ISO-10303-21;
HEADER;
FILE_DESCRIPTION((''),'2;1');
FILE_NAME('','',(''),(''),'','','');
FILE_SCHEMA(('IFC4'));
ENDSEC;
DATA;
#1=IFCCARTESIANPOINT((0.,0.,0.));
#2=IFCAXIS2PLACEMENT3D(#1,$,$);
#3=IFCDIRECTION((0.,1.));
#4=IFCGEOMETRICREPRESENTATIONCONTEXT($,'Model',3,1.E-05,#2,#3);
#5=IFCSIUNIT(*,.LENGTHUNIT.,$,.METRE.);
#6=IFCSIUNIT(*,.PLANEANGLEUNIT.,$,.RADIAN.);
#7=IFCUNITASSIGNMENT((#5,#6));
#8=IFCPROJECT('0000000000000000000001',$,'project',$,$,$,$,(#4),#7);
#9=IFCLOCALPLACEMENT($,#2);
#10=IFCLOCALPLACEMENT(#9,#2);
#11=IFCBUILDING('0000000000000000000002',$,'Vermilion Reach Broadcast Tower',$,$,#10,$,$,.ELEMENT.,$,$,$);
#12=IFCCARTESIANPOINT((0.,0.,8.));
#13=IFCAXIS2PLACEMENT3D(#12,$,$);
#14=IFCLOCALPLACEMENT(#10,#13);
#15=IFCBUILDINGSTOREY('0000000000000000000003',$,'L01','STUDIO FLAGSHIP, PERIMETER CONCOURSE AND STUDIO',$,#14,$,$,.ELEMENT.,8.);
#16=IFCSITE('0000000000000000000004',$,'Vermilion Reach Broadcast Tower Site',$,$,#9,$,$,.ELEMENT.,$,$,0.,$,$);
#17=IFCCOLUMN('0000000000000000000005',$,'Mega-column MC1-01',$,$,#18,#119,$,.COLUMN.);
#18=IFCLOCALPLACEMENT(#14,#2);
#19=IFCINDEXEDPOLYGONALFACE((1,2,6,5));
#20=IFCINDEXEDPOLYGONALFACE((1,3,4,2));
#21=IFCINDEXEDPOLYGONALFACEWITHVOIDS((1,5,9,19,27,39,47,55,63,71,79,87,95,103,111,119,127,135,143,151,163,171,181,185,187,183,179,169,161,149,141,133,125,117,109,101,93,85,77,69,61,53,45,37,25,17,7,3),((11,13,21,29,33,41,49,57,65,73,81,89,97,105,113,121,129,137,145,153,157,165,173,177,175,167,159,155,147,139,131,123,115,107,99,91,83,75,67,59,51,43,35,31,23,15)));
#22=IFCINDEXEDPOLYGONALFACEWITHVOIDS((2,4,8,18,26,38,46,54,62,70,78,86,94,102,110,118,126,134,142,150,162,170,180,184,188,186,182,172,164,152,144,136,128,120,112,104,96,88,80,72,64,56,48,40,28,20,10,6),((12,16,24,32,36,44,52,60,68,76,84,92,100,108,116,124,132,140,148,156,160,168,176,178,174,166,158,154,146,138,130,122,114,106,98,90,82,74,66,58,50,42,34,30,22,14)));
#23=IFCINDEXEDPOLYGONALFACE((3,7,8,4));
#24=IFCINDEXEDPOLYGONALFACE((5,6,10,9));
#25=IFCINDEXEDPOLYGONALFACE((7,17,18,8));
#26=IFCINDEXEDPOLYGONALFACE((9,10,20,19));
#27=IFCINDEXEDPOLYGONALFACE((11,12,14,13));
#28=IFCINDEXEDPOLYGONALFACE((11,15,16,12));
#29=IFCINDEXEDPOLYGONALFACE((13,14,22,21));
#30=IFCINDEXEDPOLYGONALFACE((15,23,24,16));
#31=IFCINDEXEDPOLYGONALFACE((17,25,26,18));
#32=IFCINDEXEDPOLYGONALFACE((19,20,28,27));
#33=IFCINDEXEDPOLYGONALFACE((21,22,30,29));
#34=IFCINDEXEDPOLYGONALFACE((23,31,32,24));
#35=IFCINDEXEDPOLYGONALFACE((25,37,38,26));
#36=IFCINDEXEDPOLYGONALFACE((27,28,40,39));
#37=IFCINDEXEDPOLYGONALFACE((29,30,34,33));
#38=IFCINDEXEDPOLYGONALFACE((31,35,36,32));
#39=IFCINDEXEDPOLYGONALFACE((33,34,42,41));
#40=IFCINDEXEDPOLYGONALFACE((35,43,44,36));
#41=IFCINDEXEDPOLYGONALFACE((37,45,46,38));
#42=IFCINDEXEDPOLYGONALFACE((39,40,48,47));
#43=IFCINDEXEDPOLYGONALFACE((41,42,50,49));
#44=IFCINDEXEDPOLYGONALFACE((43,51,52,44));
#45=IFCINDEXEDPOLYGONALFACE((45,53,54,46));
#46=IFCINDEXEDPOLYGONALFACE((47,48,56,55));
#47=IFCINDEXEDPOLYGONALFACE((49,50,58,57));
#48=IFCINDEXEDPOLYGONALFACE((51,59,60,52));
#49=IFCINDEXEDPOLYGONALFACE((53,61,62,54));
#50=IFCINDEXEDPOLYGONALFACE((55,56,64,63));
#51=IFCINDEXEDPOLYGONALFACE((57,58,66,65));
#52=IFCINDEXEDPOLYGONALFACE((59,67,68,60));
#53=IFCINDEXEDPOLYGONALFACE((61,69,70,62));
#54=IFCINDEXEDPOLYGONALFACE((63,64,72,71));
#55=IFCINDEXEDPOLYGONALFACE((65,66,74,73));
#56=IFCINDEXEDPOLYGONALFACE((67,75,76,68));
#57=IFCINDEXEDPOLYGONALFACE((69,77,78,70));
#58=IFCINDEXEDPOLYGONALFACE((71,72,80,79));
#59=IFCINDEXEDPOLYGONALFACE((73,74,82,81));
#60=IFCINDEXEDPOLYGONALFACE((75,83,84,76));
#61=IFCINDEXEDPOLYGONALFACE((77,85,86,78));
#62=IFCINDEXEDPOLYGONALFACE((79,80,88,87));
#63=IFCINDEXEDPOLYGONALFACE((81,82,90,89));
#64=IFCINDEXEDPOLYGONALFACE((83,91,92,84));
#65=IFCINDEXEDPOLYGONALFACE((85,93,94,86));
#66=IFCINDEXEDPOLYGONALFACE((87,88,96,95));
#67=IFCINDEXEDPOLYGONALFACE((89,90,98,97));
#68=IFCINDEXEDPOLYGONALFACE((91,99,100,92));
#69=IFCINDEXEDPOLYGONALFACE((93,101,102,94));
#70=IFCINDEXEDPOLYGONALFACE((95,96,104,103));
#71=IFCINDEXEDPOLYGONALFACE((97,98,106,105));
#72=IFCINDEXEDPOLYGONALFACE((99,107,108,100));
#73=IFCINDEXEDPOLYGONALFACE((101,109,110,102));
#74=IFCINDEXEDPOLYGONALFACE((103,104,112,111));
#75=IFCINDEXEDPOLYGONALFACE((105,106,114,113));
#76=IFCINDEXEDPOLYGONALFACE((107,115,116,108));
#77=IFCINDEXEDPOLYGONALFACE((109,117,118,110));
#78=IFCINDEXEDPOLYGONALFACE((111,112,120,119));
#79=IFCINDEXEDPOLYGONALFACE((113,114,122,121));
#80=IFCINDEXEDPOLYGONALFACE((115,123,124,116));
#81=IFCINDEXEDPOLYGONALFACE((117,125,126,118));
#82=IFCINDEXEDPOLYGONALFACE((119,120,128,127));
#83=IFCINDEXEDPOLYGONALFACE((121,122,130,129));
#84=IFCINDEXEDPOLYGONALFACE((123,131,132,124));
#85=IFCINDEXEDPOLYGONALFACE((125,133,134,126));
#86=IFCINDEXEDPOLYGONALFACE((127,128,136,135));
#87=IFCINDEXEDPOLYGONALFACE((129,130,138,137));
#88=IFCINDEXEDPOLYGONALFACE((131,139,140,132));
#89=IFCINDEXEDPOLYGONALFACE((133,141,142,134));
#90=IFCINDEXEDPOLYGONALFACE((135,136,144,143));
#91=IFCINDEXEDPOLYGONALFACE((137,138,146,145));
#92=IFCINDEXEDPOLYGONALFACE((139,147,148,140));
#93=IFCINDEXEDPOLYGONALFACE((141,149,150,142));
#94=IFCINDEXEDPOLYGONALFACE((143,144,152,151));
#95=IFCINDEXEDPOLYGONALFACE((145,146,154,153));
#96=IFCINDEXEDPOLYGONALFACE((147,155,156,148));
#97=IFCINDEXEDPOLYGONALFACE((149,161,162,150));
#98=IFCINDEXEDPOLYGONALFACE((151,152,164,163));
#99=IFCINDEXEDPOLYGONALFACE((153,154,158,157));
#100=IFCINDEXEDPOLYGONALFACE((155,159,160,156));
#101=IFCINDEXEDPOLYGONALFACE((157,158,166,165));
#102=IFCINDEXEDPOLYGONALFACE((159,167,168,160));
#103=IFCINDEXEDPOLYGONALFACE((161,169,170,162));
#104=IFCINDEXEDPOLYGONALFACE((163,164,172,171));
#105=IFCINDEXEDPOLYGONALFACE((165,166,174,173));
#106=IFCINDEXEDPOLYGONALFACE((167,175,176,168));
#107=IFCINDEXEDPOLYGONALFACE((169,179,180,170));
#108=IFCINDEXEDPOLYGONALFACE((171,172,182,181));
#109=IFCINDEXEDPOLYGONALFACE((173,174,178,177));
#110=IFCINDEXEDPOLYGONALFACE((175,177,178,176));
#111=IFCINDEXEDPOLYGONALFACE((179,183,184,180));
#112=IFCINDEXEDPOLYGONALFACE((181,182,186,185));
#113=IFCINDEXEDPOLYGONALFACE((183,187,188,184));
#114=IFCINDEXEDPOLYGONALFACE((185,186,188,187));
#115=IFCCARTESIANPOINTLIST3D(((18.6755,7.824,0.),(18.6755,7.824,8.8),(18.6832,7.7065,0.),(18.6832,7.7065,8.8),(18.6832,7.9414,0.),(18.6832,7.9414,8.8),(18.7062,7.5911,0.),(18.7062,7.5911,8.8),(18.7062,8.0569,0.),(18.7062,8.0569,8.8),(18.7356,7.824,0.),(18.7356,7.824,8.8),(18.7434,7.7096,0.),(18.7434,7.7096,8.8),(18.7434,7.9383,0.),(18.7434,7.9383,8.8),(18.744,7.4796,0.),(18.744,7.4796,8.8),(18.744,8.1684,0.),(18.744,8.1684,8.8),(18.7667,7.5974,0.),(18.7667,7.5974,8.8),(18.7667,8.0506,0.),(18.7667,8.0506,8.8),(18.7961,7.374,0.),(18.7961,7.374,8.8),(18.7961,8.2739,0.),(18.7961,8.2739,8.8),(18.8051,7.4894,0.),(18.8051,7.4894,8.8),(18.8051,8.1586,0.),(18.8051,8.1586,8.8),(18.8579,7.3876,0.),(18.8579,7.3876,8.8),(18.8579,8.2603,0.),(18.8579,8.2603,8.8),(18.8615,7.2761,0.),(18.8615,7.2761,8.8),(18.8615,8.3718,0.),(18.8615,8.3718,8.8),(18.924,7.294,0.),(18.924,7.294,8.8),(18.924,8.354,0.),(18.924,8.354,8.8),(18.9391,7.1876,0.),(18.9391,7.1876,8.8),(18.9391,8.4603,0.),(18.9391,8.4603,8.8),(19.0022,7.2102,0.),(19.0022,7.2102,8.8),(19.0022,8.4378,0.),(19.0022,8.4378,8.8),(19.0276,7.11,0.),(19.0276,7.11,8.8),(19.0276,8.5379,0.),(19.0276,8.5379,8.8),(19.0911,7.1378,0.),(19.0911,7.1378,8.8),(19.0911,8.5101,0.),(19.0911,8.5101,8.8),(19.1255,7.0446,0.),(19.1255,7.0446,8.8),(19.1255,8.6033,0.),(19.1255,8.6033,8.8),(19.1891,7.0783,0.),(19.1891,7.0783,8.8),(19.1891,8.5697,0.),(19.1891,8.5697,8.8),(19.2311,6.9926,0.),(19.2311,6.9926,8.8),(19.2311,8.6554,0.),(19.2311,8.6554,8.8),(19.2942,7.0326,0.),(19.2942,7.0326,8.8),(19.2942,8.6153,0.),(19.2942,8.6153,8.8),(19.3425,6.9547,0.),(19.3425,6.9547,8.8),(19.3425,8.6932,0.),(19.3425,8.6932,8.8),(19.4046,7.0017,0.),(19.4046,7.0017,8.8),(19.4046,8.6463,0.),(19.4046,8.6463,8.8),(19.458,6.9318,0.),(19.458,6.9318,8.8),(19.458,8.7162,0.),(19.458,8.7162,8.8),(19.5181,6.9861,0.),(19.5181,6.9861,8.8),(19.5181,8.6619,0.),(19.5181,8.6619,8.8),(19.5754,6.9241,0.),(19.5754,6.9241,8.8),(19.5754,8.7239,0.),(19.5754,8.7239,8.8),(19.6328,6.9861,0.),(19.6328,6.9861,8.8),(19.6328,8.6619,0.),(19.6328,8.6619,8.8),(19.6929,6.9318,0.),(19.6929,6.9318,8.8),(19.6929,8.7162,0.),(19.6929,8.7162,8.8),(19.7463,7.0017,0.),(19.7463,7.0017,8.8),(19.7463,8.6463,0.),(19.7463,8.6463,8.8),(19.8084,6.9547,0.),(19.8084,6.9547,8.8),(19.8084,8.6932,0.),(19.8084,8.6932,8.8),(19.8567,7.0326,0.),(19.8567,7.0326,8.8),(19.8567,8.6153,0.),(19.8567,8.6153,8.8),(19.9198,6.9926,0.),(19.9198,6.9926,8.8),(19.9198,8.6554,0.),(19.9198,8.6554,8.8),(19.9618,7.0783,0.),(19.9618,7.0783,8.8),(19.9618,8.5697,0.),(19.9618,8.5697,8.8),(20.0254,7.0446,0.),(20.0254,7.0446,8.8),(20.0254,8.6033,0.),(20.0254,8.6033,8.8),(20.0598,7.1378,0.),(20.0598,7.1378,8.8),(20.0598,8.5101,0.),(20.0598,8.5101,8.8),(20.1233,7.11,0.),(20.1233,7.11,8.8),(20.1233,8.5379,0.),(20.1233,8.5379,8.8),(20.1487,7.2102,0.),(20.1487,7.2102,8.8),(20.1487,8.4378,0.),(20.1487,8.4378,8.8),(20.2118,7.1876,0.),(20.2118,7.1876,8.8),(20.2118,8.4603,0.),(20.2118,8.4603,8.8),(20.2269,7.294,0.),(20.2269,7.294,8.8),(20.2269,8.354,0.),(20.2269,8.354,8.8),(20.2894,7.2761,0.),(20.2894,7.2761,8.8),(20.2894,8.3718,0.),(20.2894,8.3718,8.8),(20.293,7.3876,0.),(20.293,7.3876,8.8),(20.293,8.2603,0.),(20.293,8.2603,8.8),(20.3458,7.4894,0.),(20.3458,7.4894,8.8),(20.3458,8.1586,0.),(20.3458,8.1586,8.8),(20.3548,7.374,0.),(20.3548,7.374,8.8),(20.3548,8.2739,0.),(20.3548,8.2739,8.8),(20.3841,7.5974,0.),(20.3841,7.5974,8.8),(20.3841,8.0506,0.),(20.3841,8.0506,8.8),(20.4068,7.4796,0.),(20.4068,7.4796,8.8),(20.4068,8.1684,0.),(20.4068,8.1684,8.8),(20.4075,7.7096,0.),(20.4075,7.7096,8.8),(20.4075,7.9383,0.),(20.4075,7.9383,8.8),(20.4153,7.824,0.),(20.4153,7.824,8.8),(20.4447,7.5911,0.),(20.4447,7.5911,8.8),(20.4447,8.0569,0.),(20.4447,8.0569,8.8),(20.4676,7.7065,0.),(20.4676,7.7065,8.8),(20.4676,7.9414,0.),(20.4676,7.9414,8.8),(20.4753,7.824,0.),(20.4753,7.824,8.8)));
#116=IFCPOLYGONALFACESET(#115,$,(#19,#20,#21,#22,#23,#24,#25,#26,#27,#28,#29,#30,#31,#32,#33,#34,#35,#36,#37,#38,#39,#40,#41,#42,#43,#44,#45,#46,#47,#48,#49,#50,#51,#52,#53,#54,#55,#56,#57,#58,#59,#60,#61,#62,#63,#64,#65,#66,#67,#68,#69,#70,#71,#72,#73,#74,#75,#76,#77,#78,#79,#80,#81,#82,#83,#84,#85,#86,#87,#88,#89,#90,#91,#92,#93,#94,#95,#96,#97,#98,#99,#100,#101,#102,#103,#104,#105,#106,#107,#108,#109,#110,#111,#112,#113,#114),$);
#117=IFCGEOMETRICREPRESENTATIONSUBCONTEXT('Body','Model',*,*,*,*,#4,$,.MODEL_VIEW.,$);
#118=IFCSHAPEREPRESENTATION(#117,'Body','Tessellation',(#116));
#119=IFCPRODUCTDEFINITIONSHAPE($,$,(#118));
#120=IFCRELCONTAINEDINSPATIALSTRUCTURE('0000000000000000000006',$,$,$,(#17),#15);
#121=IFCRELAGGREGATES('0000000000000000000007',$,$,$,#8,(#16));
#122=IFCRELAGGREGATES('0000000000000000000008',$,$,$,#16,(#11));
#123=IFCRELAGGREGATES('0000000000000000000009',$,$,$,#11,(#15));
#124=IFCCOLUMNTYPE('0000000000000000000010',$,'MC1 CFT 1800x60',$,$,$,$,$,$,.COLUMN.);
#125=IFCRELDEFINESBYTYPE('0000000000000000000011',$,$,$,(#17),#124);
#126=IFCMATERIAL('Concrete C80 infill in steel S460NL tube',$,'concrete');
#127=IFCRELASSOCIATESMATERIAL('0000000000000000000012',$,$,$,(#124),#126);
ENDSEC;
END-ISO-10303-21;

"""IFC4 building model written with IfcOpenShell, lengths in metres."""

from ifc_helpers import new_model, si_unit, direction, frame, origin, origin_2d, place, context, subcontext, project, spatial, hollow_circle, extrude, material, material_profile, profile_set, type_object, element, save


model = new_model("IFC4")

# Units and contexts
model_context = context("Model", 3, precision=1e-05, world=origin(), true_north=direction((0.0, 1.0)))
body_context = subcontext(model_context, "Body", "Model", "MODEL_VIEW")
ifc_project = project(units=[si_unit("LENGTHUNIT", "METRE"), si_unit("PLANEANGLEUNIT", "RADIAN")], contexts=[model_context])

# Site, building, storey
site_placement = place(None, origin())
site = spatial("IfcSite", under=ifc_project, at=site_placement, Name="Vermilion Reach Broadcast Tower Site", CompositionType="ELEMENT", RefElevation=0.0)
building_placement = place(site_placement, origin())
building = spatial("IfcBuilding", under=site, at=building_placement, Name="Vermilion Reach Broadcast Tower", CompositionType="ELEMENT")
storey_placement = place(building_placement, frame((0.0, 0.0, 8.0)))
storey = spatial("IfcBuildingStorey", under=building, at=storey_placement, Name="L01", Description="STUDIO FLAGSHIP, PERIMETER CONCOURSE AND STUDIO", CompositionType="ELEMENT", Elevation=8.0)

# Column
ifc_material_1 = material(Name="Concrete C80 infill in steel S460NL tube", Category="concrete")
ifc_material_profile_1 = material_profile(ifc_material_1, hollow_circle(Radius=0.8999, WallThickness=0.0601, at=origin_2d()), Name="Concrete C80 infill in steel S460NL tube CFT 1800x60")
ifc_profile_set_1 = profile_set([ifc_material_profile_1], Name="Concrete C80 infill in steel S460NL tube")
column_type = type_object("IfcColumnType", Name="MC1 CFT 1800x60", PredefinedType="COLUMN", material=ifc_profile_set_1)
for number, where, z_axis, x_axis, name in (
    (1, (19.5754, 7.824, 0.0), (0.0, 0.0, 1.0), (1.0, 0.0, 0.0), "Mega-column MC1-01"),
):
    element("IfcColumn", number, at=place(storey_placement, frame(where, z_axis=z_axis, x_axis=x_axis)), inside=storey, type_object=column_type, Name=name, PredefinedType="COLUMN", context=body_context, shape_type="SweptSolid", body=[
        extrude(hollow_circle(Radius=0.8999, WallThickness=0.0601, at=origin_2d()), origin(), (0.0, 0.0, 1.0), 8.8),
    ])

save(model, "model.ifc")
